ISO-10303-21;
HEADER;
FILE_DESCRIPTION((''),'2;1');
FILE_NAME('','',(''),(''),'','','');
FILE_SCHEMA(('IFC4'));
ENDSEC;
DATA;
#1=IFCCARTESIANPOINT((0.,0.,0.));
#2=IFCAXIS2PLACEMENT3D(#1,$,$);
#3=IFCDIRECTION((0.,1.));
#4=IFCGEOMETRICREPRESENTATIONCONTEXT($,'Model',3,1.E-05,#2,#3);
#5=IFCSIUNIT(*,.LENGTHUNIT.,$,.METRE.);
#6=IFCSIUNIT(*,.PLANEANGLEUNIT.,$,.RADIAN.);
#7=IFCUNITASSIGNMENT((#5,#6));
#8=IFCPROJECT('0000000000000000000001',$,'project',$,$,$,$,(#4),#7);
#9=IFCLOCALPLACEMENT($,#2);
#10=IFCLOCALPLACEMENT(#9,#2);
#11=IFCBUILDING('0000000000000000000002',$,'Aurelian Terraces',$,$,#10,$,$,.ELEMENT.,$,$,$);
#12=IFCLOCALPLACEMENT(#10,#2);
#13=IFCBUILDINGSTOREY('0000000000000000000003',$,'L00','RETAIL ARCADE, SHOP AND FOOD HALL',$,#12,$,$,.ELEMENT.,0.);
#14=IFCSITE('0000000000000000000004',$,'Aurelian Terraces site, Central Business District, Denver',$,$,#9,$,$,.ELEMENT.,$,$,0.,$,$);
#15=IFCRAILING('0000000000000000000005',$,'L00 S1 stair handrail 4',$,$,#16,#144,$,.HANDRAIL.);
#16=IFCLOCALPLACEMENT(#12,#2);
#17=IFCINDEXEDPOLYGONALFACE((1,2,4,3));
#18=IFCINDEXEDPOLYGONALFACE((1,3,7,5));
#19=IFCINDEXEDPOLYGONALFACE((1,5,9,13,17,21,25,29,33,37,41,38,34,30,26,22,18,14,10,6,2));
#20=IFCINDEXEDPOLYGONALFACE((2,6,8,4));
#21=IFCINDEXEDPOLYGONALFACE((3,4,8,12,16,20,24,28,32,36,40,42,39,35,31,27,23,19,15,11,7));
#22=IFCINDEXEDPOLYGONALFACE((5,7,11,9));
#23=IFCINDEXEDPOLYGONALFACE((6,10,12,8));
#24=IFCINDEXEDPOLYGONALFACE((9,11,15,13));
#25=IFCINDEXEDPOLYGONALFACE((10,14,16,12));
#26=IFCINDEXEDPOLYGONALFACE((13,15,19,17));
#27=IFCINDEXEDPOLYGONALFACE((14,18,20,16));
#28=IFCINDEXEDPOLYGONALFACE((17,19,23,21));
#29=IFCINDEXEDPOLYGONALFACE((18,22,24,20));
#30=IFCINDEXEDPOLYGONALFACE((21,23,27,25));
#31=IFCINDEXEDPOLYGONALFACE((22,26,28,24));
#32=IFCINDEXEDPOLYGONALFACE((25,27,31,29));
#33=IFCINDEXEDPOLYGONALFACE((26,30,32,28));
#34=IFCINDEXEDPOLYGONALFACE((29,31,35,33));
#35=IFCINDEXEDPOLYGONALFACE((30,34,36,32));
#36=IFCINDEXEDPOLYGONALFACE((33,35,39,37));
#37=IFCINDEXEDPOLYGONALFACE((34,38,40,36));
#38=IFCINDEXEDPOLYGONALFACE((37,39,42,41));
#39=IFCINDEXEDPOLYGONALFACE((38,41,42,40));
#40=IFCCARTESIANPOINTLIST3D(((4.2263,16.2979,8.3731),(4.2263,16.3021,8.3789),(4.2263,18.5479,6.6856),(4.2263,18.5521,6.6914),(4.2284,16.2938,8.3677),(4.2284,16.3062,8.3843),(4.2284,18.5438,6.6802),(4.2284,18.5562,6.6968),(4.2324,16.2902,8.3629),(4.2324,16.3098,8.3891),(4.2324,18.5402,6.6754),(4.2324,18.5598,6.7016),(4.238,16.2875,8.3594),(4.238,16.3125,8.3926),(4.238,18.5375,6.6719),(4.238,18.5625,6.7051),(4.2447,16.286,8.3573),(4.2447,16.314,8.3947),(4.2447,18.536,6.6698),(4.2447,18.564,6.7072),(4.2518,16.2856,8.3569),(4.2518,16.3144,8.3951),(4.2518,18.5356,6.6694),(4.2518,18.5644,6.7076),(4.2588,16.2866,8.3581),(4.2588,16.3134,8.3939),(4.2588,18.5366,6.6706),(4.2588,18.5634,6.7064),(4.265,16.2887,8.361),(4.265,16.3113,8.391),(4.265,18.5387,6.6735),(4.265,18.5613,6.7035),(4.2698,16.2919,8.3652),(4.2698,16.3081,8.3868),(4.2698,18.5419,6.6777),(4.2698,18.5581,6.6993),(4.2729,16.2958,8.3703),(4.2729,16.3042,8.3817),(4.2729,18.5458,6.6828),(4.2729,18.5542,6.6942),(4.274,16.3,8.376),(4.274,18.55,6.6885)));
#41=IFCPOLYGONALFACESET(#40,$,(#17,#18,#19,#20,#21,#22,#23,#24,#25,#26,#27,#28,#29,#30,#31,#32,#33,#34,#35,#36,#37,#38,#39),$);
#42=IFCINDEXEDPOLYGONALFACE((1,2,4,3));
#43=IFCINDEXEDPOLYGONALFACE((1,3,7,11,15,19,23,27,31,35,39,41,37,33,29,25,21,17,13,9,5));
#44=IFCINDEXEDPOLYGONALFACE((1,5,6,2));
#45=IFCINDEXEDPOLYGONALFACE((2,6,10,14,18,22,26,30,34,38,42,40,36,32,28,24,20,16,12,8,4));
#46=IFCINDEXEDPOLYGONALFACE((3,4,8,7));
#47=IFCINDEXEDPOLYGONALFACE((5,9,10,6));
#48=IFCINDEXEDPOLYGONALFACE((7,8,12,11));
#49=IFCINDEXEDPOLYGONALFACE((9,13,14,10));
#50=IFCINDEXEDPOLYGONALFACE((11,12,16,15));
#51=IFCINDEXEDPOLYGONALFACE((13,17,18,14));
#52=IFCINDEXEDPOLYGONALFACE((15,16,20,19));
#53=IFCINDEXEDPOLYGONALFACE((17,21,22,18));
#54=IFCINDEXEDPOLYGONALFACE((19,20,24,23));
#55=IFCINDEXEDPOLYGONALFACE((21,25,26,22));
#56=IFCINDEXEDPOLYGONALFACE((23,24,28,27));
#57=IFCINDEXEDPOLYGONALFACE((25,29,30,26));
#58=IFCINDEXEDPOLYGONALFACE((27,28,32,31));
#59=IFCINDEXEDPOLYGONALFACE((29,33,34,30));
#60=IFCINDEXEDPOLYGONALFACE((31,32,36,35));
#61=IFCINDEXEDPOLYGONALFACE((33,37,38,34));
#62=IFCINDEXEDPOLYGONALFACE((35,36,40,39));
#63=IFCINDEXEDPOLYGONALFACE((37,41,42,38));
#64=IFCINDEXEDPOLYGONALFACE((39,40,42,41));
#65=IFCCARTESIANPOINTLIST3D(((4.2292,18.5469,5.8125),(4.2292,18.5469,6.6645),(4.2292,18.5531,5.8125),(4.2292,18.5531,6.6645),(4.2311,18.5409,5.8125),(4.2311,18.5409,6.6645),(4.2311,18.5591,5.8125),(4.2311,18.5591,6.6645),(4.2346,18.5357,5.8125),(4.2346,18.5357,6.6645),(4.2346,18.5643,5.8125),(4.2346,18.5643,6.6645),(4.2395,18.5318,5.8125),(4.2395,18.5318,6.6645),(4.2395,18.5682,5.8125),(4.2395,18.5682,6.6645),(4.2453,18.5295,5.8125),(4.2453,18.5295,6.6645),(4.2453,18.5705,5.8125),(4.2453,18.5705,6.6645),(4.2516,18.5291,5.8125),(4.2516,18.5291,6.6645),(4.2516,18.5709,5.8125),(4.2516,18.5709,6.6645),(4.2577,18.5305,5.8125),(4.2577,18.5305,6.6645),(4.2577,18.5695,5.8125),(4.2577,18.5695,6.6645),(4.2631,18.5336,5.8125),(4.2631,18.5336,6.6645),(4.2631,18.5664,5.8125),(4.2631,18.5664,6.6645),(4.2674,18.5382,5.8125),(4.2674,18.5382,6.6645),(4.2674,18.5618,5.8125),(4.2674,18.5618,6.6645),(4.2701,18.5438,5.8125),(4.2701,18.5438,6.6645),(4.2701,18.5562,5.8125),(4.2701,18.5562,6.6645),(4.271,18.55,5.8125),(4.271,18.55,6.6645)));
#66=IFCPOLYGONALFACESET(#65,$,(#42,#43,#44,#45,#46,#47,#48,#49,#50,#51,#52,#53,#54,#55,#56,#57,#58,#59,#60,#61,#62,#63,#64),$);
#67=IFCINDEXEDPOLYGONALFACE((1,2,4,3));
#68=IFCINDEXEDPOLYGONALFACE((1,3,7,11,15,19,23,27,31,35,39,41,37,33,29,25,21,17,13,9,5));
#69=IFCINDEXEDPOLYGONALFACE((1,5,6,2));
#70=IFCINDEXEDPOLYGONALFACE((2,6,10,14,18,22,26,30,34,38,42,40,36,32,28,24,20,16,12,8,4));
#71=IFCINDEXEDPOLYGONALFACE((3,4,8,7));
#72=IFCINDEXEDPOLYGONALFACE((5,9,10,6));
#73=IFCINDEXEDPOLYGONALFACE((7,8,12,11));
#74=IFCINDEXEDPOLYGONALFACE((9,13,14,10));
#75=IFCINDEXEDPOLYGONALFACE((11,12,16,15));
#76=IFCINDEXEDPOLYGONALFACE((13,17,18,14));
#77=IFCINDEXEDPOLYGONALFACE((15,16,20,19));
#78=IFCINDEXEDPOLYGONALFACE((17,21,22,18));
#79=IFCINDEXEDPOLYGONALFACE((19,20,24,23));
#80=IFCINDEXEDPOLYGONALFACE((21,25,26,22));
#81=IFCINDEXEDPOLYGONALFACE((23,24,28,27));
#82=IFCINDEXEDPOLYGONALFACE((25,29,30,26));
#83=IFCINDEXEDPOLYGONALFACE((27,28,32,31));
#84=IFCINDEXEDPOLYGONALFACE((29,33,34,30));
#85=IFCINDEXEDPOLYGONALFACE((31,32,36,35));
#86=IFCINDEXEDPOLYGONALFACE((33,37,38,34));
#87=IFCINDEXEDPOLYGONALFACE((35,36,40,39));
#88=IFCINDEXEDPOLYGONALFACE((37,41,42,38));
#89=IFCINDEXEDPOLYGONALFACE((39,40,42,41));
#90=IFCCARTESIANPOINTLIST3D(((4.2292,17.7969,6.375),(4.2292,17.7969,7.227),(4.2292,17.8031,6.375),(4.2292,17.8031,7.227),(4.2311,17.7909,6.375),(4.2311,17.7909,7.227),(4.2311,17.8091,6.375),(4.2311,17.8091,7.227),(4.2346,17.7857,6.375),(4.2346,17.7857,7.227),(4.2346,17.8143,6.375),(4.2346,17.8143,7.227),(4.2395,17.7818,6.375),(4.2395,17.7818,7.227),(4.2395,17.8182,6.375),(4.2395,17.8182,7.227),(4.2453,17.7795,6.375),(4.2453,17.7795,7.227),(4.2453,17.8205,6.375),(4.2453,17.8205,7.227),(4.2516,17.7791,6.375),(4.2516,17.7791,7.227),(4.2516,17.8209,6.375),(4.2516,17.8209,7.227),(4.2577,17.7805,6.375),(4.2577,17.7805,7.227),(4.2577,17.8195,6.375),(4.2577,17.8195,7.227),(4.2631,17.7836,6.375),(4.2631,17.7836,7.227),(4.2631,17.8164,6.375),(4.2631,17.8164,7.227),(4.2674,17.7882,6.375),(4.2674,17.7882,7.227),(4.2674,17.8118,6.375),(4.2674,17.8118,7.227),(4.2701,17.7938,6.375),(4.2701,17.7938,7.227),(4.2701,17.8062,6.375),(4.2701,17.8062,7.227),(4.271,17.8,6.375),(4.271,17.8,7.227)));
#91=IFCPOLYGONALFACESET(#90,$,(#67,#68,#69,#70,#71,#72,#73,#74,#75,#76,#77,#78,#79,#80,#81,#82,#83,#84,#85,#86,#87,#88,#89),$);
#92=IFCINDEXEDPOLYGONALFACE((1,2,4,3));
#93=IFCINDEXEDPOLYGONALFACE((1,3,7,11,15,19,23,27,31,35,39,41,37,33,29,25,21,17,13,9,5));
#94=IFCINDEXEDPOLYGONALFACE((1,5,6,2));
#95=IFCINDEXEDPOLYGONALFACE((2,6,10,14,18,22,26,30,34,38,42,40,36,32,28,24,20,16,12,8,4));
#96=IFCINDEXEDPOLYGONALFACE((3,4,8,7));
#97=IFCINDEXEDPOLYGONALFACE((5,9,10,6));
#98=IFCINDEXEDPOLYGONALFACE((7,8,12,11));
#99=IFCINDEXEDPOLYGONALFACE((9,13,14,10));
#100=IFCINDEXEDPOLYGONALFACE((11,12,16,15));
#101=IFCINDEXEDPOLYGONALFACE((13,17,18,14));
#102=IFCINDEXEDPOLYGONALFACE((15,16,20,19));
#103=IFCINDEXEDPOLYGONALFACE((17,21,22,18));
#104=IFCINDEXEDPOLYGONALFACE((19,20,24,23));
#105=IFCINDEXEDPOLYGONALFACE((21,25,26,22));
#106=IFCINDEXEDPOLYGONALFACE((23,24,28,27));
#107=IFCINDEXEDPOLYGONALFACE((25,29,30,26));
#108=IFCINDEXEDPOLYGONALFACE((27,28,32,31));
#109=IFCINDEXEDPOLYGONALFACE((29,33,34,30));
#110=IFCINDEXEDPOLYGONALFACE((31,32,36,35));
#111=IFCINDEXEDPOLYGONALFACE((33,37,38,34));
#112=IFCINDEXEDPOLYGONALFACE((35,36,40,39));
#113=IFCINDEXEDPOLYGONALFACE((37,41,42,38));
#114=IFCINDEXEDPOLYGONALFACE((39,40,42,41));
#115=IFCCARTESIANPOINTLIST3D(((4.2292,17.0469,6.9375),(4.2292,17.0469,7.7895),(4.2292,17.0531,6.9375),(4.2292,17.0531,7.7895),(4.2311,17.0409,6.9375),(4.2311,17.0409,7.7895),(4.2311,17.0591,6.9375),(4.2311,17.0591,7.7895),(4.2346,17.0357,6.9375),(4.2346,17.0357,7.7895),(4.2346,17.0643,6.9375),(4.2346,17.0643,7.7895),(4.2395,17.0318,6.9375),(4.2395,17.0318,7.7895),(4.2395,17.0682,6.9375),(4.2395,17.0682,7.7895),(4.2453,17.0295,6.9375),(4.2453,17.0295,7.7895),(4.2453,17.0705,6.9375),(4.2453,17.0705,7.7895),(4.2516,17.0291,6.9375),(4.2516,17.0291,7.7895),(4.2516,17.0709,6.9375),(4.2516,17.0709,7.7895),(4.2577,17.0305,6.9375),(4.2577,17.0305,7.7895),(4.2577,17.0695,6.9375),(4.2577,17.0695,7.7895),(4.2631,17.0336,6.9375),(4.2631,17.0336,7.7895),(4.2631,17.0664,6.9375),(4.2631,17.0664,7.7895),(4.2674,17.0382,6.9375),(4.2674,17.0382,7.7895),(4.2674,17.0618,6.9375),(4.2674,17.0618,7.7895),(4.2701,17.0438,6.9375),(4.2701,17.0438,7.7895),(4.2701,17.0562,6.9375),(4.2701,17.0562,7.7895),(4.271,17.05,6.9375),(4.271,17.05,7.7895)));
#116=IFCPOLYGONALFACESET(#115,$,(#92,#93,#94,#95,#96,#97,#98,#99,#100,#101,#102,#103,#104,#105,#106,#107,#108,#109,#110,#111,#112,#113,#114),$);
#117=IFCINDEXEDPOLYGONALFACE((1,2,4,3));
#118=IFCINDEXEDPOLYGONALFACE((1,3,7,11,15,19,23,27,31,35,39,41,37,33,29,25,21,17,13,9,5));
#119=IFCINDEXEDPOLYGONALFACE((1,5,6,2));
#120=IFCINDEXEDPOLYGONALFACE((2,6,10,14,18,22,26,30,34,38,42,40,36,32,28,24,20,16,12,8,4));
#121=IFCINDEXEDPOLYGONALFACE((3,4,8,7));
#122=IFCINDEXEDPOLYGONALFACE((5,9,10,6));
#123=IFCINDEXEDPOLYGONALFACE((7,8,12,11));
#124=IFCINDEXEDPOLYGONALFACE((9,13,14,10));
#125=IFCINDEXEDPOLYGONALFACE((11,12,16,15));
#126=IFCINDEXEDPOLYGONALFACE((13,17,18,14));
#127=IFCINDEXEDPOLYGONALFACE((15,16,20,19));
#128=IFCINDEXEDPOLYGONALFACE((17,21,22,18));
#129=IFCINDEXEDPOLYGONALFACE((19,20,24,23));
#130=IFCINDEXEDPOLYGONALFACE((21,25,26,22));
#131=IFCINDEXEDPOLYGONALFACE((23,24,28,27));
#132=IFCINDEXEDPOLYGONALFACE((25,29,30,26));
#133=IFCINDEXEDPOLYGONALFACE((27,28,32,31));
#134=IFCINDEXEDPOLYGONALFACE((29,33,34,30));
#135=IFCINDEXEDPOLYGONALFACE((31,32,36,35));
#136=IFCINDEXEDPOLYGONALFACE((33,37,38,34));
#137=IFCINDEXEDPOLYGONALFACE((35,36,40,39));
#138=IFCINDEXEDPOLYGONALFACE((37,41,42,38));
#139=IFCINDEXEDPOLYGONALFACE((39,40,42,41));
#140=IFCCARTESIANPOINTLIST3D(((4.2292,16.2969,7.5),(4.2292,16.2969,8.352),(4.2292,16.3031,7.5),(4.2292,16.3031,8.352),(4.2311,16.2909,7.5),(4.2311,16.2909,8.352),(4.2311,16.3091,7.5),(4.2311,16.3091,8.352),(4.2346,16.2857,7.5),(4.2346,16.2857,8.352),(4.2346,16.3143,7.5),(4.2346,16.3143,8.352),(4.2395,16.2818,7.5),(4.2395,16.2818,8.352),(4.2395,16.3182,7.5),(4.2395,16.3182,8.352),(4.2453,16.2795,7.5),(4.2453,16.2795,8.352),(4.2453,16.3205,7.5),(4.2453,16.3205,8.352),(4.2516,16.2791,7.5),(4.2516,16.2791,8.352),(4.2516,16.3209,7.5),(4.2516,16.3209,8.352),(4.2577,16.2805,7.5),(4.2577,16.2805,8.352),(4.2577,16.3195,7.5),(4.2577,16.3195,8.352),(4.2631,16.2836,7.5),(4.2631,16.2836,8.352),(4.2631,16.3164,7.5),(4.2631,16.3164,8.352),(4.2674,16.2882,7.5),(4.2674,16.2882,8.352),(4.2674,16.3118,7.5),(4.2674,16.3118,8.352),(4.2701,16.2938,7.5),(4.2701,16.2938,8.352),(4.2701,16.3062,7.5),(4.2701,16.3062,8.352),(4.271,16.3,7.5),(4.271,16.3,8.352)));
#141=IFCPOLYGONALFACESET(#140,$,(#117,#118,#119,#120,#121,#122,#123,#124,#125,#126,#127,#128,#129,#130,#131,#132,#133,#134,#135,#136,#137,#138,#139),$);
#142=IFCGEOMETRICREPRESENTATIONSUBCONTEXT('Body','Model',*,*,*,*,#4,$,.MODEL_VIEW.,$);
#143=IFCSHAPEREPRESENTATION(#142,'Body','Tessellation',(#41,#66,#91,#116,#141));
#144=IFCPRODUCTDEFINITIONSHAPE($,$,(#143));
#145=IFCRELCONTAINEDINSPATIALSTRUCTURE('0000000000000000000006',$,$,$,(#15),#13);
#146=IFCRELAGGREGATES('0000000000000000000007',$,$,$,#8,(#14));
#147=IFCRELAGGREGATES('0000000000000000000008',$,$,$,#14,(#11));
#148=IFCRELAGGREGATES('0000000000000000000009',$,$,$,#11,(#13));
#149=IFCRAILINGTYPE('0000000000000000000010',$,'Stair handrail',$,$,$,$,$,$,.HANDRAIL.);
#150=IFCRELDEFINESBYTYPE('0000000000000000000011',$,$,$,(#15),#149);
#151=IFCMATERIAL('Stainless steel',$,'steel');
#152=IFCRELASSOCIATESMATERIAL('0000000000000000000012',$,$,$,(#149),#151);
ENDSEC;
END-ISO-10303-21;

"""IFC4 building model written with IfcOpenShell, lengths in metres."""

from ifc_helpers import new_model, si_unit, direction, frame, origin, origin_2d, place, context, subcontext, project, spatial, circle, extrude, source, transform, mapped, material, type_object, element, save


model = new_model("IFC4")

# Units and contexts
model_context = context("Model", 3, precision=1e-05, world=origin(), true_north=direction((0.0, 1.0)))
body_context = subcontext(model_context, "Body", "Model", "MODEL_VIEW")
ifc_project = project(units=[si_unit("LENGTHUNIT", "METRE"), si_unit("PLANEANGLEUNIT", "RADIAN")], contexts=[model_context])

# Site, building, storey
site_placement = place(None, origin())
site = spatial("IfcSite", under=ifc_project, at=site_placement, Name="Aurelian Terraces site, Central Business District, Denver", CompositionType="ELEMENT", RefElevation=0.0)
building_placement = place(site_placement, origin())
building = spatial("IfcBuilding", under=site, at=building_placement, Name="Aurelian Terraces", CompositionType="ELEMENT")
storey_placement = place(building_placement, origin())
storey = spatial("IfcBuildingStorey", under=building, at=storey_placement, Name="L00", Description="RETAIL ARCADE, SHOP AND FOOD HALL", CompositionType="ELEMENT", Elevation=0.0)

# Railing
ifc_material_1 = material(Name="Stainless steel", Category="steel")
railing_type_1 = type_object("IfcRailingType", Name="Stair handrail", PredefinedType="HANDRAIL", material=ifc_material_1)
shared_shape_1 = source(origin(), body_context, "Body", "SweptSolid", [
    extrude(circle(Radius=0.024, at=origin_2d()), frame((0.0, 0.0, 0.876), z_axis=(0.0, -0.8, 0.6), x_axis=(1.0, 0.0, 0.0)), (0.0, 0.0, 1.0), 2.8125),
    extrude(circle(Radius=0.021, at=origin_2d()), origin(), (0.0, 0.0, 1.0), 0.852),
    extrude(circle(Radius=0.021, at=origin_2d()), frame((0.0, -0.75, 0.5625)), (0.0, 0.0, 1.0), 0.852),
    extrude(circle(Radius=0.021, at=origin_2d()), frame((0.0, -1.5, 1.125)), (0.0, 0.0, 1.0), 0.852),
    extrude(circle(Radius=0.021, at=origin_2d()), frame((0.0, -2.25, 1.6875)), (0.0, 0.0, 1.0), 0.852),
])
railing_1_placement = place(storey_placement, frame((4.25, 18.55, 5.8125)))
element("IfcRailing", 1, at=railing_1_placement, inside=storey, type_object=railing_type_1, Name="L00 S1 stair handrail 4", PredefinedType="HANDRAIL", context=body_context, shape_type="MappedRepresentation", body=[
    mapped(shared_shape_1, transform((0.0, 0.0, 0.0), scale=1.0)),
])

save(model, "model.ifc")
